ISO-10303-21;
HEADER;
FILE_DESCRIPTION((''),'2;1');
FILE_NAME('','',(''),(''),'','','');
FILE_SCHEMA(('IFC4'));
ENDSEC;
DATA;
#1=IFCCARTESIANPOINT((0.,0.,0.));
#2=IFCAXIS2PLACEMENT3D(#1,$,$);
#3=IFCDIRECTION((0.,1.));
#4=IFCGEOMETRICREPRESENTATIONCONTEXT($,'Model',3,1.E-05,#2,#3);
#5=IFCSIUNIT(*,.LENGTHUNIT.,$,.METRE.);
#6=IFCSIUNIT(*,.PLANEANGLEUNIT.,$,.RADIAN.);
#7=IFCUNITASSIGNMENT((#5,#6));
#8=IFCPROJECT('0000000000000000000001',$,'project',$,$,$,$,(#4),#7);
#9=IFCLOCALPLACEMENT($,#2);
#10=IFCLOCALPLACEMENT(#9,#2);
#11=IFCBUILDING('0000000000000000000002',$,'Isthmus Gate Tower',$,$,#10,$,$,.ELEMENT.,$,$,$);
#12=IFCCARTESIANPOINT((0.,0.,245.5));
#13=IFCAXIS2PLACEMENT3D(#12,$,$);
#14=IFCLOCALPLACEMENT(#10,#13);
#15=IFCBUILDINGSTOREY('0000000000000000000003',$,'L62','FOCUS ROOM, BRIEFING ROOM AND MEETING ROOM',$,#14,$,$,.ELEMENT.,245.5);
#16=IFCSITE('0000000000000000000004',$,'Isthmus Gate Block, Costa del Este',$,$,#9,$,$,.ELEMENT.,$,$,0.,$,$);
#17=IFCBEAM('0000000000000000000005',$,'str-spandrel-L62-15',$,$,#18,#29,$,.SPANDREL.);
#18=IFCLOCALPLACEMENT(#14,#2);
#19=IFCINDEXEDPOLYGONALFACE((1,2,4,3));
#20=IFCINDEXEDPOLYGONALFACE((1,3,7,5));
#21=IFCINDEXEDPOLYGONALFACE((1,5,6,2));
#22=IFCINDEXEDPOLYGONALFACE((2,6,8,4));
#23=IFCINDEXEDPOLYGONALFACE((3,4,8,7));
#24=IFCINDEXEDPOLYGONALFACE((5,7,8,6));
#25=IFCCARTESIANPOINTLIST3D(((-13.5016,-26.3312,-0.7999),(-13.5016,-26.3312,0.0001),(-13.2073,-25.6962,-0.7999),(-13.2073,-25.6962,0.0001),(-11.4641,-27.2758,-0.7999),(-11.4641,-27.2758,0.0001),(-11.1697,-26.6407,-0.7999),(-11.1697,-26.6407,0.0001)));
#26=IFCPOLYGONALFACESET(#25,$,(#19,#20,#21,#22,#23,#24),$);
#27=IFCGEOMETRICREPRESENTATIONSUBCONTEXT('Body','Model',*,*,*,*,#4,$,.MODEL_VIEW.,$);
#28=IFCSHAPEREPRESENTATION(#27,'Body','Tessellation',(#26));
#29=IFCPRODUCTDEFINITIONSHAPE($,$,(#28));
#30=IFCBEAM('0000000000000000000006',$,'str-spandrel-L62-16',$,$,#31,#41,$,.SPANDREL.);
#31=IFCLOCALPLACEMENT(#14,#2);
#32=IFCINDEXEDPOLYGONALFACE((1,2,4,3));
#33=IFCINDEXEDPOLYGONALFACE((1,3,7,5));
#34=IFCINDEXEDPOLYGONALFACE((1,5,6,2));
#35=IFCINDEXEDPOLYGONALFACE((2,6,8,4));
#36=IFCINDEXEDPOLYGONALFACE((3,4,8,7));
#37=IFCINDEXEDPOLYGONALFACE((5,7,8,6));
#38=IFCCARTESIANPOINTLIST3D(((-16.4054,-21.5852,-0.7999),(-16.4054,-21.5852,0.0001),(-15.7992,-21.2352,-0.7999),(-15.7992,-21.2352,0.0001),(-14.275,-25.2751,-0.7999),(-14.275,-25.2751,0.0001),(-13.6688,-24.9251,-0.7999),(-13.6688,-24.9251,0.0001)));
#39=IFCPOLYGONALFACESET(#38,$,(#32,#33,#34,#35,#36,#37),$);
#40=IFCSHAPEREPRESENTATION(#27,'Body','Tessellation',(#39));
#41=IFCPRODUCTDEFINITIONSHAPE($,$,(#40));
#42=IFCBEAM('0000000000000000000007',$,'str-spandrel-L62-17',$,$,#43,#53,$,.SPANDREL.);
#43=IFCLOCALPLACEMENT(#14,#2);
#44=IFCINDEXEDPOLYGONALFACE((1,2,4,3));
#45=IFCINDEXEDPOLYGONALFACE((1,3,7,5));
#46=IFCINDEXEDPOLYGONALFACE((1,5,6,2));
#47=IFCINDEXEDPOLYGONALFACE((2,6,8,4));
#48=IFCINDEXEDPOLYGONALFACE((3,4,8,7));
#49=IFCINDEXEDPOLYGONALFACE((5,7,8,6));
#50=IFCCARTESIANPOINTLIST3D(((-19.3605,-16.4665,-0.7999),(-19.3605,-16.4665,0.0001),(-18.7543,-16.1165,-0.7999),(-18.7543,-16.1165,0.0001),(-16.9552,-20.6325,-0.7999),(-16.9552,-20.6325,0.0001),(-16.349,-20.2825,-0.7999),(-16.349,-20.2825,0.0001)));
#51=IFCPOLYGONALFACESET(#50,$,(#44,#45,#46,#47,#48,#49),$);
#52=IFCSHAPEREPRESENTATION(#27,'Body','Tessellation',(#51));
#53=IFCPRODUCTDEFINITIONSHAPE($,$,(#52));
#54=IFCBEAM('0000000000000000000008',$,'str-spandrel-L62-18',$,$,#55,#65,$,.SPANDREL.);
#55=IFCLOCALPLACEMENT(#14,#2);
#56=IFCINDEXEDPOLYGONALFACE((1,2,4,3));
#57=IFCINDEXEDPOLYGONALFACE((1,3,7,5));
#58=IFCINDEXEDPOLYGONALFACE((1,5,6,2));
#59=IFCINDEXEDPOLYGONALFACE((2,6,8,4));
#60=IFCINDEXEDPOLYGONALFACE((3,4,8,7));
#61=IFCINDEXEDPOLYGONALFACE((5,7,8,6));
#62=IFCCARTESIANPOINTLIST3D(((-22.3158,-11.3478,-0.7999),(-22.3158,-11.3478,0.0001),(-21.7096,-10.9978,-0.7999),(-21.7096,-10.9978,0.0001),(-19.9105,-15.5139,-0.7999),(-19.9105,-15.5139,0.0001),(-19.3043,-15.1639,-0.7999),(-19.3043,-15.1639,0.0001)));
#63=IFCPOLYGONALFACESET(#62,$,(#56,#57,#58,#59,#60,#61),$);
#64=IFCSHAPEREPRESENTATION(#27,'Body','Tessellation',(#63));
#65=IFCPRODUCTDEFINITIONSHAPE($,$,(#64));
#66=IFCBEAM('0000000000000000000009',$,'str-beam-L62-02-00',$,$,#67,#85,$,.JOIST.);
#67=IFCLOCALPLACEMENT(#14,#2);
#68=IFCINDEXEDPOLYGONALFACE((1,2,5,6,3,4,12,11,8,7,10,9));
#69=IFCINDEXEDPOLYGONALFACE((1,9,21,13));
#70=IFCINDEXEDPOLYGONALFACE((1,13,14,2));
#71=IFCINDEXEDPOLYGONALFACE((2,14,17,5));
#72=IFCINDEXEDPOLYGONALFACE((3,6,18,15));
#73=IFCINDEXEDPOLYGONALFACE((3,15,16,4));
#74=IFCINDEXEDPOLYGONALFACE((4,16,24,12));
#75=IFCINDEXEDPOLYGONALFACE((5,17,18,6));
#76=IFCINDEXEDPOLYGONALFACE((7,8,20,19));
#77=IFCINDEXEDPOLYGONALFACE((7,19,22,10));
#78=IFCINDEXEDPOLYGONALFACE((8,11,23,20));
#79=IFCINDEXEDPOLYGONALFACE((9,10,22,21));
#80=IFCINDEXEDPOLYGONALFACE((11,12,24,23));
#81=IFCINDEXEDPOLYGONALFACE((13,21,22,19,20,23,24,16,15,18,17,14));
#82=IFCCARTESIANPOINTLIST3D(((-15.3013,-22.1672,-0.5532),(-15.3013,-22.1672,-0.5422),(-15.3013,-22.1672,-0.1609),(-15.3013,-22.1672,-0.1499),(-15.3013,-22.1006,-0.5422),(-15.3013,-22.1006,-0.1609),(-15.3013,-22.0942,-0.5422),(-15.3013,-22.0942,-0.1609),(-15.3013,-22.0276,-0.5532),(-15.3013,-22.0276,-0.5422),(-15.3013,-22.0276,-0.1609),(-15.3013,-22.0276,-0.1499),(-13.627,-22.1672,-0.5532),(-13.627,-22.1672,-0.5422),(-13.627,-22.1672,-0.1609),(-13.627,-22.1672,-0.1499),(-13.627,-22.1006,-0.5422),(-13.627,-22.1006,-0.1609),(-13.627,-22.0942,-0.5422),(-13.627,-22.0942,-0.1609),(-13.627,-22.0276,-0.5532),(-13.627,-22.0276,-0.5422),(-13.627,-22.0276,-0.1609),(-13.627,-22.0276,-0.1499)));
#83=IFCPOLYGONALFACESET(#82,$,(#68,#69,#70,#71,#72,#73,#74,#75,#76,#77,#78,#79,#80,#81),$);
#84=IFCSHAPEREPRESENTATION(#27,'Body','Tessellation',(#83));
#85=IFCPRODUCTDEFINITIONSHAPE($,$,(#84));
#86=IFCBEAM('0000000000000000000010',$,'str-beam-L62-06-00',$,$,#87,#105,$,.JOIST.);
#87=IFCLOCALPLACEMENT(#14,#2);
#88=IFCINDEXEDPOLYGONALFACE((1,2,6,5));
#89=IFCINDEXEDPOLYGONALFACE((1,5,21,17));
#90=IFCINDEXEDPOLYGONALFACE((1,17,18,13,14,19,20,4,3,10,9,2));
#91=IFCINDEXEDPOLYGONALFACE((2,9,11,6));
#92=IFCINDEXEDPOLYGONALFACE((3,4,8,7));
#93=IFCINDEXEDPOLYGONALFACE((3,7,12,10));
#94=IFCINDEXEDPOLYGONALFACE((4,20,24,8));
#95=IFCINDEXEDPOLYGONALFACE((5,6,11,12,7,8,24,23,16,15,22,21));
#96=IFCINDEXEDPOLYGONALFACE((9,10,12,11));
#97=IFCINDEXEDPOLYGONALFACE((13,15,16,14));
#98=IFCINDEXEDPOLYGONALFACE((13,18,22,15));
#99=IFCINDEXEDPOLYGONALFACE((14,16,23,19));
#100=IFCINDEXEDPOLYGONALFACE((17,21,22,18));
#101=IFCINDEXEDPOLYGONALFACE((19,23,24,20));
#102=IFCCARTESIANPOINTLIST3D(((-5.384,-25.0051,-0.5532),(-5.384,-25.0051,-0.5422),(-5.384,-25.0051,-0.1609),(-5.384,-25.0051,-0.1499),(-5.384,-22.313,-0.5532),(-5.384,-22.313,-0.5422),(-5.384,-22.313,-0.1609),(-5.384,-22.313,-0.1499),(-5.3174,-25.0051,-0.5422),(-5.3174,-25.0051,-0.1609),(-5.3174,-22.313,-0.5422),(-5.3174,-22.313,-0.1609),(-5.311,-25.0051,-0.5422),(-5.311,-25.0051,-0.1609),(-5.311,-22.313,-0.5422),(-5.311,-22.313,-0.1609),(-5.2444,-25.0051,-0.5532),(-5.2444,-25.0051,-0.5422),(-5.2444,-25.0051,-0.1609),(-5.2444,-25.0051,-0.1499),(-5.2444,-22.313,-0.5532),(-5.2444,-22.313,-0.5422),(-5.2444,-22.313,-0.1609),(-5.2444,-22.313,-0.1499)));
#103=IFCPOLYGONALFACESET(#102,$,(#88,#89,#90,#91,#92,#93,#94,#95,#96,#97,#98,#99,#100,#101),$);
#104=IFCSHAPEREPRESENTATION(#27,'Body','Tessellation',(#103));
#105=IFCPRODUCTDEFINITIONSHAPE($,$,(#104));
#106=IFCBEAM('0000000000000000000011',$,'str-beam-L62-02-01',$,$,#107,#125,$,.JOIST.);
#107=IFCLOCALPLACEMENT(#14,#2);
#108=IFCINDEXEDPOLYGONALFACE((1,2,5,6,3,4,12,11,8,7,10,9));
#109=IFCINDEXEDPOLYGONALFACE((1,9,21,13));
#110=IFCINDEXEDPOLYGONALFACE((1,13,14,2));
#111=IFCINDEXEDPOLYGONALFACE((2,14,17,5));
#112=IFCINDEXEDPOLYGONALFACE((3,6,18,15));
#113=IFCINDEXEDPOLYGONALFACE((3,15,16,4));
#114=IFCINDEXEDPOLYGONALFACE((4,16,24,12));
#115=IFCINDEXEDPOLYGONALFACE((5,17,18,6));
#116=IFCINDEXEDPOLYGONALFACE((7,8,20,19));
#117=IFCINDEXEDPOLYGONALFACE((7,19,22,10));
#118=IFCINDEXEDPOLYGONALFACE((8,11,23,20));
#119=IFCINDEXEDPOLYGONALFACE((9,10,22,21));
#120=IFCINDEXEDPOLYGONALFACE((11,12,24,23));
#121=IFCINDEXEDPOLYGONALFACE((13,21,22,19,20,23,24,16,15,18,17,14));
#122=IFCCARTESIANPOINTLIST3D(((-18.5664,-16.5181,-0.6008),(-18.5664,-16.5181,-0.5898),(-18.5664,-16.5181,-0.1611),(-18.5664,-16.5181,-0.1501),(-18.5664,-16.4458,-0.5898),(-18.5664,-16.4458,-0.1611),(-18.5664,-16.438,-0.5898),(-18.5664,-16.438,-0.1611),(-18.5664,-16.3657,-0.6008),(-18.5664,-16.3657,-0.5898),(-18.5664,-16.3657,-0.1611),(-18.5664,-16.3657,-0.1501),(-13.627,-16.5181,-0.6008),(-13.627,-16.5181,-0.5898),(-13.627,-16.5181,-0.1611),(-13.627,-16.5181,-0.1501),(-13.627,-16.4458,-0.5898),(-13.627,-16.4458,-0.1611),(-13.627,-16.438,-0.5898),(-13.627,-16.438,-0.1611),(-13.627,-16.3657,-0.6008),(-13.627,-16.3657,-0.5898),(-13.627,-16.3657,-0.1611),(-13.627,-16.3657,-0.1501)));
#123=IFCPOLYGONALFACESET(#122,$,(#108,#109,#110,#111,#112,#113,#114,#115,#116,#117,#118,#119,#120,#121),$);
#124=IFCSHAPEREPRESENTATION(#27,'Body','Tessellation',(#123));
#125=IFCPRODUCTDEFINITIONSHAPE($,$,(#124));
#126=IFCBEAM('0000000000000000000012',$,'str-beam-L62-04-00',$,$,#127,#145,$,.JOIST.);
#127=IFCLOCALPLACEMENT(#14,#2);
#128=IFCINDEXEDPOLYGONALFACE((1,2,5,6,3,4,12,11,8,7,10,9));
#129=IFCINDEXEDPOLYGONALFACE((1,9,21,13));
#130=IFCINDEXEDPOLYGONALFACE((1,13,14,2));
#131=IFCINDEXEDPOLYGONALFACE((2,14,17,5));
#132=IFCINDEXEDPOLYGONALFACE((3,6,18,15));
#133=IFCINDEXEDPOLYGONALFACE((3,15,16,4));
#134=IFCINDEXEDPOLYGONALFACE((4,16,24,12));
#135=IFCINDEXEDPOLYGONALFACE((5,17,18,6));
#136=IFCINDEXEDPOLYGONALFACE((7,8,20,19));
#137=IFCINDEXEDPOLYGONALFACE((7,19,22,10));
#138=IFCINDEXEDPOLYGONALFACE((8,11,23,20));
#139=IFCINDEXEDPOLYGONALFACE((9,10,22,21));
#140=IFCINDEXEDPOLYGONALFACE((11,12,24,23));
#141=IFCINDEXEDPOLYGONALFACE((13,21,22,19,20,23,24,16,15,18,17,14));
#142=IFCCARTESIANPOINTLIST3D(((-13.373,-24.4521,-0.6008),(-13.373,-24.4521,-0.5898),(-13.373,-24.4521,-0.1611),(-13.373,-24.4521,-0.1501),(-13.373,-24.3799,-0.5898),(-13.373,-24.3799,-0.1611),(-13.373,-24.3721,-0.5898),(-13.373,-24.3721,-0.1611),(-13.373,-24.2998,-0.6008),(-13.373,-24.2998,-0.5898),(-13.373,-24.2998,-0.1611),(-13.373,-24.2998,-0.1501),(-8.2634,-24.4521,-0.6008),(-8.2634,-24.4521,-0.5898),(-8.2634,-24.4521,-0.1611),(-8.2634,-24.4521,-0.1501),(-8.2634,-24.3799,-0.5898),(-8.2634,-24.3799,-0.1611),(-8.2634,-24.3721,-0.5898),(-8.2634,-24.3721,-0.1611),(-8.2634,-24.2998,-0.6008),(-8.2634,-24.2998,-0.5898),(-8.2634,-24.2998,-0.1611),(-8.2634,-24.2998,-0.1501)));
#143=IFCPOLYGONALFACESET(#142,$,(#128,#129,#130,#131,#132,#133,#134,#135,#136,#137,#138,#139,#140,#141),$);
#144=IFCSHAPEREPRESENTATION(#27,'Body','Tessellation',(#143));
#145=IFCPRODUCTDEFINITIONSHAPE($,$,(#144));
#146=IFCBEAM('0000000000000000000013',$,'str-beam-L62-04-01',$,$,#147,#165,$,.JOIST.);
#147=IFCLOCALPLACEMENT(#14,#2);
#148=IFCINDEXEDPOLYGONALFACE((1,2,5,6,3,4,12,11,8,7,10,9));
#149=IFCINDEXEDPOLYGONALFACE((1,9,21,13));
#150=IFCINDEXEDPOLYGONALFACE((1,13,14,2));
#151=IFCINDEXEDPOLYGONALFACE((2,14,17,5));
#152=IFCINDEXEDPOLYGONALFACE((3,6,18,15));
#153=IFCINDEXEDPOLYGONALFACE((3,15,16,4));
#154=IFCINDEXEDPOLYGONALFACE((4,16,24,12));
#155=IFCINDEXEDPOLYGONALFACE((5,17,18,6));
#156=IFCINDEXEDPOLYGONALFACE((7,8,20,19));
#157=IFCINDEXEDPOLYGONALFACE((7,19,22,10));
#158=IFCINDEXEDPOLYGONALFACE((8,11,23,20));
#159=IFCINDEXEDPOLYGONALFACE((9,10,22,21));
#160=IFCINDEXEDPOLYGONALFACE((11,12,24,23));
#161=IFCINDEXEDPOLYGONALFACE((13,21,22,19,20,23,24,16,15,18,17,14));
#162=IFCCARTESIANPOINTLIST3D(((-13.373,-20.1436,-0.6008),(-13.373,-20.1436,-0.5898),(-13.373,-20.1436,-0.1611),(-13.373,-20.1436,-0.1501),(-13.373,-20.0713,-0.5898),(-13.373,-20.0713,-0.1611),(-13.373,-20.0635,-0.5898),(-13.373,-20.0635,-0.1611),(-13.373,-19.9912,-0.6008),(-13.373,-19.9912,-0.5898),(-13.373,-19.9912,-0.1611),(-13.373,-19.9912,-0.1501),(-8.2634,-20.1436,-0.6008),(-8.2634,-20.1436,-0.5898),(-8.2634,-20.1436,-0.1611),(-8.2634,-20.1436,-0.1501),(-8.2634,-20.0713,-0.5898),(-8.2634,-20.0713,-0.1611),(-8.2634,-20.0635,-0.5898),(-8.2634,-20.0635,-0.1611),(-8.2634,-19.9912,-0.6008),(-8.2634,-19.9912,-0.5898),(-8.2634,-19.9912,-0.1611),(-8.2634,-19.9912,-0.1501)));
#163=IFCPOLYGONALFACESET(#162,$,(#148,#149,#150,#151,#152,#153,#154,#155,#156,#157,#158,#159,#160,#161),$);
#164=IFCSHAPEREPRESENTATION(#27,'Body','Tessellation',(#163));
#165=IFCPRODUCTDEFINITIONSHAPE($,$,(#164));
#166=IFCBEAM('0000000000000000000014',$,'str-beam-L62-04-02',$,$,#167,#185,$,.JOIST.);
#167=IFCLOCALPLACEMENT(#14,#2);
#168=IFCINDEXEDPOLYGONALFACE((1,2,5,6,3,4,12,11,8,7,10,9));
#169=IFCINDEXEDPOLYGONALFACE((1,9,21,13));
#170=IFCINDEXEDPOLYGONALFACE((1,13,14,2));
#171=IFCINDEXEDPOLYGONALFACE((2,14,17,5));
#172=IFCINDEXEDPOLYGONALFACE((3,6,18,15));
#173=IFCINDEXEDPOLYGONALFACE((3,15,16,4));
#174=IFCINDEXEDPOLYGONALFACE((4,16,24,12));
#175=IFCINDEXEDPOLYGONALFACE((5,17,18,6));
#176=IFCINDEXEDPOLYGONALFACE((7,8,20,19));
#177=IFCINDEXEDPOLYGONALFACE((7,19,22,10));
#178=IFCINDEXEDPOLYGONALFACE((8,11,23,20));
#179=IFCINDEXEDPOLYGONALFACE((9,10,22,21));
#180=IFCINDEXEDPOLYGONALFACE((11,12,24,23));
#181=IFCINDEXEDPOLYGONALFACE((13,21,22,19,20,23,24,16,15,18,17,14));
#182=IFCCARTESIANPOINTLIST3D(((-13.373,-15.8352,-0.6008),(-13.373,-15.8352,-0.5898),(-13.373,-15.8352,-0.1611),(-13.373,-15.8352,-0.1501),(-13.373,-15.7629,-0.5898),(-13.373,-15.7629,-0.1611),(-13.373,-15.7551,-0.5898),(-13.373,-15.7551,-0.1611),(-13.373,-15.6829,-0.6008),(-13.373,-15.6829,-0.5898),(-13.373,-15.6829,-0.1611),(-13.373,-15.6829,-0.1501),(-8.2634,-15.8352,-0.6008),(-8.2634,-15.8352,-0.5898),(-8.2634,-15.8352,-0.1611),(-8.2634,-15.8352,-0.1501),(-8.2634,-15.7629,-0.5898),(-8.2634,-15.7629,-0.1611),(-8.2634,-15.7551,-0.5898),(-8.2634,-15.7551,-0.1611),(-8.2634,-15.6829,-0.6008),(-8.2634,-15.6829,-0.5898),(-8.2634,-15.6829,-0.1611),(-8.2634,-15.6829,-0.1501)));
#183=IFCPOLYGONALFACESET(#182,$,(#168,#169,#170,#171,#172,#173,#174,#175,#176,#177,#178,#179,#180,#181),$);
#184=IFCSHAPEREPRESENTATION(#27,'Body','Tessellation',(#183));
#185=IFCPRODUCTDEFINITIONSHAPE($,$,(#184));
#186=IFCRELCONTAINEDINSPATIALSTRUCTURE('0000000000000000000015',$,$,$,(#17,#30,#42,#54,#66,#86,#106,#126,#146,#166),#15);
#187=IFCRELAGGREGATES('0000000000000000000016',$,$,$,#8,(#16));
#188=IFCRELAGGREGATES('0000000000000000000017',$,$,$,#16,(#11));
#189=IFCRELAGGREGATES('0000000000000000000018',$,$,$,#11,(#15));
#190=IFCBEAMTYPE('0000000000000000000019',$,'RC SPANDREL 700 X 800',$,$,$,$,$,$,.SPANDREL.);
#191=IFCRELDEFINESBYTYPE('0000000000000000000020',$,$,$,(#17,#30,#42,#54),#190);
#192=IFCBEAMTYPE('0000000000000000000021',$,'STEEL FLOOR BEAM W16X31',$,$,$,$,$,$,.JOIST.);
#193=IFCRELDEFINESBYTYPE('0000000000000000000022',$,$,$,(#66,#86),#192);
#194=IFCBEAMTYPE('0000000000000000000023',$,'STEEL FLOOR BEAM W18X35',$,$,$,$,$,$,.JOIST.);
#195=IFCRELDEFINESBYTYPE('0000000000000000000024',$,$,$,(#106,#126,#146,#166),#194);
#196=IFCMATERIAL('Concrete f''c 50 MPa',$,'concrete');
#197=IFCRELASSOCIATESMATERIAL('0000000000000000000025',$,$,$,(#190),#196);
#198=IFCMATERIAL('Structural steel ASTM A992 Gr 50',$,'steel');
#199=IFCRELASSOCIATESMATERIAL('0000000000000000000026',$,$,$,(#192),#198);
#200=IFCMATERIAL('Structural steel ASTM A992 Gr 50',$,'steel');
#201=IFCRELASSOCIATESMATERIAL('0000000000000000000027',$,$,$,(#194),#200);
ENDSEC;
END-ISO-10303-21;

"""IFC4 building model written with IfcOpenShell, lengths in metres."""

from ifc_helpers import new_model, si_unit, direction, frame, origin, origin_2d, place, context, subcontext, project, spatial, rectangle, i_section, extrude, material, material_profile, profile_set, type_object, element, save


model = new_model("IFC4")

# Units and contexts
model_context = context("Model", 3, precision=1e-05, world=origin(), true_north=direction((0.0, 1.0)))
body_context = subcontext(model_context, "Body", "Model", "MODEL_VIEW")
ifc_project = project(units=[si_unit("LENGTHUNIT", "METRE"), si_unit("PLANEANGLEUNIT", "RADIAN")], contexts=[model_context])

# Site, building, storey
site_placement = place(None, origin())
site = spatial("IfcSite", under=ifc_project, at=site_placement, Name="Isthmus Gate Block, Costa del Este", CompositionType="ELEMENT", RefElevation=0.0)
building_placement = place(site_placement, origin())
building = spatial("IfcBuilding", under=site, at=building_placement, Name="Isthmus Gate Tower", CompositionType="ELEMENT")
storey_placement = place(building_placement, frame((0.0, 0.0, 245.5)))
storey = spatial("IfcBuildingStorey", under=building, at=storey_placement, Name="L62", Description="FOCUS ROOM, BRIEFING ROOM AND MEETING ROOM", CompositionType="ELEMENT", Elevation=245.5)

# Beams
ifc_material_1 = material(Name="Concrete f'c 50 MPa", Category="concrete")
ifc_material_profile_1 = material_profile(ifc_material_1, rectangle(XDim=0.7, YDim=0.8, at=origin_2d()), Name="RC 700X800")
ifc_profile_set_1 = profile_set([ifc_material_profile_1], Name="Concrete f'c 50 MPa")
beam_type_1 = type_object("IfcBeamType", Name="RC SPANDREL 700 X 800", PredefinedType="SPANDREL", material=ifc_profile_set_1)
beam_1_placement = place(storey_placement, frame((-11.3169, -26.9583, -0.3999), z_axis=(-0.907255, 0.420581, 0.0), x_axis=(-0.420581, -0.907255, 0.0)))
element("IfcBeam", 1, at=beam_1_placement, inside=storey, type_object=beam_type_1, Name="str-spandrel-L62-15", PredefinedType="SPANDREL", context=body_context, shape_type="SweptSolid", body=[
    extrude(rectangle(XDim=0.7, YDim=0.8, at=origin_2d()), origin(), (0.0, 0.0, 1.0), 2.2458),
])
beam_2_placement = place(storey_placement, frame((-13.9719, -25.1001, -0.3999), z_axis=(-0.499997, 0.866027, 0.0), x_axis=(-0.866027, -0.499997, 0.0)))
element("IfcBeam", 2, at=beam_2_placement, inside=storey, type_object=beam_type_1, Name="str-spandrel-L62-16", PredefinedType="SPANDREL", context=body_context, shape_type="SweptSolid", body=[
    extrude(rectangle(XDim=0.7, YDim=0.8, at=origin_2d()), origin(), (0.0, 0.0, 1.0), 4.2607),
])
for number, where, z_axis, x_axis, name in (
    (3, (-16.6521, -20.4575, -0.3999), (-0.500004, 0.866023, 0.0), (-0.866023, -0.500004, 0.0), "str-spandrel-L62-17"),
    (4, (-19.6074, -15.3389, -0.3999), (-0.500004, 0.866023, 0.0), (-0.866023, -0.500004, 0.0), "str-spandrel-L62-18"),
):
    element("IfcBeam", number, at=place(storey_placement, frame(where, z_axis=z_axis, x_axis=x_axis)), inside=storey, type_object=beam_type_1, Name=name, PredefinedType="SPANDREL", context=body_context, shape_type="SweptSolid", body=[
        extrude(rectangle(XDim=0.7, YDim=0.8, at=origin_2d()), origin(), (0.0, 0.0, 1.0), 4.8105),
    ])
ifc_material_2 = material(Name="Structural steel ASTM A992 Gr 50", Category="steel")
ifc_material_profile_2 = material_profile(ifc_material_2, i_section(OverallWidth=0.1396, OverallDepth=0.4033, WebThickness=0.0063, FlangeThickness=0.011, at=origin_2d()), Name="W16X31")
ifc_profile_set_2 = profile_set([ifc_material_profile_2], Name="Structural steel ASTM A992 Gr 50")
beam_type_2 = type_object("IfcBeamType", Name="STEEL FLOOR BEAM W16X31", PredefinedType="JOIST", material=ifc_profile_set_2)
beam_3_placement = place(storey_placement, frame((-15.3013, -22.0974, -0.3516), z_axis=(1.0, 0.0, 0.0), x_axis=(0.0, 1.0, 0.0)))
element("IfcBeam", 5, at=beam_3_placement, inside=storey, type_object=beam_type_2, Name="str-beam-L62-02-00", PredefinedType="JOIST", context=body_context, shape_type="SweptSolid", body=[
    extrude(i_section(OverallWidth=0.1396, OverallDepth=0.4033, WebThickness=0.0063, FlangeThickness=0.011, at=origin_2d()), origin(), (0.0, 0.0, 1.0), 1.6743),
])
beam_4_placement = place(storey_placement, frame((-5.3142, -25.0051, -0.3516), z_axis=(0.0, 1.0, 0.0), x_axis=(-1.0, 0.0, 0.0)))
element("IfcBeam", 6, at=beam_4_placement, inside=storey, type_object=beam_type_2, Name="str-beam-L62-06-00", PredefinedType="JOIST", context=body_context, shape_type="SweptSolid", body=[
    extrude(i_section(OverallWidth=0.1396, OverallDepth=0.4033, WebThickness=0.0063, FlangeThickness=0.011, at=origin_2d()), origin(), (0.0, 0.0, 1.0), 2.6921),
])
ifc_material_3 = material(Name="Structural steel ASTM A992 Gr 50", Category="steel")
ifc_material_profile_3 = material_profile(ifc_material_3, i_section(OverallWidth=0.1523, OverallDepth=0.4507, WebThickness=0.0078, FlangeThickness=0.011, at=origin_2d()), Name="W18X35")
ifc_profile_set_3 = profile_set([ifc_material_profile_3], Name="Structural steel ASTM A992 Gr 50")
beam_type_3 = type_object("IfcBeamType", Name="STEEL FLOOR BEAM W18X35", PredefinedType="JOIST", material=ifc_profile_set_3)
beam_5_placement = place(storey_placement, frame((-18.5664, -16.4419, -0.3755), z_axis=(1.0, 0.0, 0.0), x_axis=(0.0, 1.0, 0.0)))
element("IfcBeam", 7, at=beam_5_placement, inside=storey, type_object=beam_type_3, Name="str-beam-L62-02-01", PredefinedType="JOIST", context=body_context, shape_type="SweptSolid", body=[
    extrude(i_section(OverallWidth=0.1523, OverallDepth=0.4507, WebThickness=0.0078, FlangeThickness=0.011, at=origin_2d()), origin(), (0.0, 0.0, 1.0), 4.9395),
])
for number, where, z_axis, x_axis, name in (
    (8, (-13.373, -24.376, -0.3755), (1.0, 0.0, 0.0), (0.0, 1.0, 0.0), "str-beam-L62-04-00"),
    (9, (-13.373, -20.0674, -0.3755), (1.0, 0.0, 0.0), (0.0, 1.0, 0.0), "str-beam-L62-04-01"),
    (10, (-13.373, -15.759, -0.3755), (1.0, 0.0, 0.0), (0.0, 1.0, 0.0), "str-beam-L62-04-02"),
):
    element("IfcBeam", number, at=place(storey_placement, frame(where, z_axis=z_axis, x_axis=x_axis)), inside=storey, type_object=beam_type_3, Name=name, PredefinedType="JOIST", context=body_context, shape_type="SweptSolid", body=[
        extrude(i_section(OverallWidth=0.1523, OverallDepth=0.4507, WebThickness=0.0078, FlangeThickness=0.011, at=origin_2d()), origin(), (0.0, 0.0, 1.0), 5.1096),
    ])

save(model, "model.ifc")
